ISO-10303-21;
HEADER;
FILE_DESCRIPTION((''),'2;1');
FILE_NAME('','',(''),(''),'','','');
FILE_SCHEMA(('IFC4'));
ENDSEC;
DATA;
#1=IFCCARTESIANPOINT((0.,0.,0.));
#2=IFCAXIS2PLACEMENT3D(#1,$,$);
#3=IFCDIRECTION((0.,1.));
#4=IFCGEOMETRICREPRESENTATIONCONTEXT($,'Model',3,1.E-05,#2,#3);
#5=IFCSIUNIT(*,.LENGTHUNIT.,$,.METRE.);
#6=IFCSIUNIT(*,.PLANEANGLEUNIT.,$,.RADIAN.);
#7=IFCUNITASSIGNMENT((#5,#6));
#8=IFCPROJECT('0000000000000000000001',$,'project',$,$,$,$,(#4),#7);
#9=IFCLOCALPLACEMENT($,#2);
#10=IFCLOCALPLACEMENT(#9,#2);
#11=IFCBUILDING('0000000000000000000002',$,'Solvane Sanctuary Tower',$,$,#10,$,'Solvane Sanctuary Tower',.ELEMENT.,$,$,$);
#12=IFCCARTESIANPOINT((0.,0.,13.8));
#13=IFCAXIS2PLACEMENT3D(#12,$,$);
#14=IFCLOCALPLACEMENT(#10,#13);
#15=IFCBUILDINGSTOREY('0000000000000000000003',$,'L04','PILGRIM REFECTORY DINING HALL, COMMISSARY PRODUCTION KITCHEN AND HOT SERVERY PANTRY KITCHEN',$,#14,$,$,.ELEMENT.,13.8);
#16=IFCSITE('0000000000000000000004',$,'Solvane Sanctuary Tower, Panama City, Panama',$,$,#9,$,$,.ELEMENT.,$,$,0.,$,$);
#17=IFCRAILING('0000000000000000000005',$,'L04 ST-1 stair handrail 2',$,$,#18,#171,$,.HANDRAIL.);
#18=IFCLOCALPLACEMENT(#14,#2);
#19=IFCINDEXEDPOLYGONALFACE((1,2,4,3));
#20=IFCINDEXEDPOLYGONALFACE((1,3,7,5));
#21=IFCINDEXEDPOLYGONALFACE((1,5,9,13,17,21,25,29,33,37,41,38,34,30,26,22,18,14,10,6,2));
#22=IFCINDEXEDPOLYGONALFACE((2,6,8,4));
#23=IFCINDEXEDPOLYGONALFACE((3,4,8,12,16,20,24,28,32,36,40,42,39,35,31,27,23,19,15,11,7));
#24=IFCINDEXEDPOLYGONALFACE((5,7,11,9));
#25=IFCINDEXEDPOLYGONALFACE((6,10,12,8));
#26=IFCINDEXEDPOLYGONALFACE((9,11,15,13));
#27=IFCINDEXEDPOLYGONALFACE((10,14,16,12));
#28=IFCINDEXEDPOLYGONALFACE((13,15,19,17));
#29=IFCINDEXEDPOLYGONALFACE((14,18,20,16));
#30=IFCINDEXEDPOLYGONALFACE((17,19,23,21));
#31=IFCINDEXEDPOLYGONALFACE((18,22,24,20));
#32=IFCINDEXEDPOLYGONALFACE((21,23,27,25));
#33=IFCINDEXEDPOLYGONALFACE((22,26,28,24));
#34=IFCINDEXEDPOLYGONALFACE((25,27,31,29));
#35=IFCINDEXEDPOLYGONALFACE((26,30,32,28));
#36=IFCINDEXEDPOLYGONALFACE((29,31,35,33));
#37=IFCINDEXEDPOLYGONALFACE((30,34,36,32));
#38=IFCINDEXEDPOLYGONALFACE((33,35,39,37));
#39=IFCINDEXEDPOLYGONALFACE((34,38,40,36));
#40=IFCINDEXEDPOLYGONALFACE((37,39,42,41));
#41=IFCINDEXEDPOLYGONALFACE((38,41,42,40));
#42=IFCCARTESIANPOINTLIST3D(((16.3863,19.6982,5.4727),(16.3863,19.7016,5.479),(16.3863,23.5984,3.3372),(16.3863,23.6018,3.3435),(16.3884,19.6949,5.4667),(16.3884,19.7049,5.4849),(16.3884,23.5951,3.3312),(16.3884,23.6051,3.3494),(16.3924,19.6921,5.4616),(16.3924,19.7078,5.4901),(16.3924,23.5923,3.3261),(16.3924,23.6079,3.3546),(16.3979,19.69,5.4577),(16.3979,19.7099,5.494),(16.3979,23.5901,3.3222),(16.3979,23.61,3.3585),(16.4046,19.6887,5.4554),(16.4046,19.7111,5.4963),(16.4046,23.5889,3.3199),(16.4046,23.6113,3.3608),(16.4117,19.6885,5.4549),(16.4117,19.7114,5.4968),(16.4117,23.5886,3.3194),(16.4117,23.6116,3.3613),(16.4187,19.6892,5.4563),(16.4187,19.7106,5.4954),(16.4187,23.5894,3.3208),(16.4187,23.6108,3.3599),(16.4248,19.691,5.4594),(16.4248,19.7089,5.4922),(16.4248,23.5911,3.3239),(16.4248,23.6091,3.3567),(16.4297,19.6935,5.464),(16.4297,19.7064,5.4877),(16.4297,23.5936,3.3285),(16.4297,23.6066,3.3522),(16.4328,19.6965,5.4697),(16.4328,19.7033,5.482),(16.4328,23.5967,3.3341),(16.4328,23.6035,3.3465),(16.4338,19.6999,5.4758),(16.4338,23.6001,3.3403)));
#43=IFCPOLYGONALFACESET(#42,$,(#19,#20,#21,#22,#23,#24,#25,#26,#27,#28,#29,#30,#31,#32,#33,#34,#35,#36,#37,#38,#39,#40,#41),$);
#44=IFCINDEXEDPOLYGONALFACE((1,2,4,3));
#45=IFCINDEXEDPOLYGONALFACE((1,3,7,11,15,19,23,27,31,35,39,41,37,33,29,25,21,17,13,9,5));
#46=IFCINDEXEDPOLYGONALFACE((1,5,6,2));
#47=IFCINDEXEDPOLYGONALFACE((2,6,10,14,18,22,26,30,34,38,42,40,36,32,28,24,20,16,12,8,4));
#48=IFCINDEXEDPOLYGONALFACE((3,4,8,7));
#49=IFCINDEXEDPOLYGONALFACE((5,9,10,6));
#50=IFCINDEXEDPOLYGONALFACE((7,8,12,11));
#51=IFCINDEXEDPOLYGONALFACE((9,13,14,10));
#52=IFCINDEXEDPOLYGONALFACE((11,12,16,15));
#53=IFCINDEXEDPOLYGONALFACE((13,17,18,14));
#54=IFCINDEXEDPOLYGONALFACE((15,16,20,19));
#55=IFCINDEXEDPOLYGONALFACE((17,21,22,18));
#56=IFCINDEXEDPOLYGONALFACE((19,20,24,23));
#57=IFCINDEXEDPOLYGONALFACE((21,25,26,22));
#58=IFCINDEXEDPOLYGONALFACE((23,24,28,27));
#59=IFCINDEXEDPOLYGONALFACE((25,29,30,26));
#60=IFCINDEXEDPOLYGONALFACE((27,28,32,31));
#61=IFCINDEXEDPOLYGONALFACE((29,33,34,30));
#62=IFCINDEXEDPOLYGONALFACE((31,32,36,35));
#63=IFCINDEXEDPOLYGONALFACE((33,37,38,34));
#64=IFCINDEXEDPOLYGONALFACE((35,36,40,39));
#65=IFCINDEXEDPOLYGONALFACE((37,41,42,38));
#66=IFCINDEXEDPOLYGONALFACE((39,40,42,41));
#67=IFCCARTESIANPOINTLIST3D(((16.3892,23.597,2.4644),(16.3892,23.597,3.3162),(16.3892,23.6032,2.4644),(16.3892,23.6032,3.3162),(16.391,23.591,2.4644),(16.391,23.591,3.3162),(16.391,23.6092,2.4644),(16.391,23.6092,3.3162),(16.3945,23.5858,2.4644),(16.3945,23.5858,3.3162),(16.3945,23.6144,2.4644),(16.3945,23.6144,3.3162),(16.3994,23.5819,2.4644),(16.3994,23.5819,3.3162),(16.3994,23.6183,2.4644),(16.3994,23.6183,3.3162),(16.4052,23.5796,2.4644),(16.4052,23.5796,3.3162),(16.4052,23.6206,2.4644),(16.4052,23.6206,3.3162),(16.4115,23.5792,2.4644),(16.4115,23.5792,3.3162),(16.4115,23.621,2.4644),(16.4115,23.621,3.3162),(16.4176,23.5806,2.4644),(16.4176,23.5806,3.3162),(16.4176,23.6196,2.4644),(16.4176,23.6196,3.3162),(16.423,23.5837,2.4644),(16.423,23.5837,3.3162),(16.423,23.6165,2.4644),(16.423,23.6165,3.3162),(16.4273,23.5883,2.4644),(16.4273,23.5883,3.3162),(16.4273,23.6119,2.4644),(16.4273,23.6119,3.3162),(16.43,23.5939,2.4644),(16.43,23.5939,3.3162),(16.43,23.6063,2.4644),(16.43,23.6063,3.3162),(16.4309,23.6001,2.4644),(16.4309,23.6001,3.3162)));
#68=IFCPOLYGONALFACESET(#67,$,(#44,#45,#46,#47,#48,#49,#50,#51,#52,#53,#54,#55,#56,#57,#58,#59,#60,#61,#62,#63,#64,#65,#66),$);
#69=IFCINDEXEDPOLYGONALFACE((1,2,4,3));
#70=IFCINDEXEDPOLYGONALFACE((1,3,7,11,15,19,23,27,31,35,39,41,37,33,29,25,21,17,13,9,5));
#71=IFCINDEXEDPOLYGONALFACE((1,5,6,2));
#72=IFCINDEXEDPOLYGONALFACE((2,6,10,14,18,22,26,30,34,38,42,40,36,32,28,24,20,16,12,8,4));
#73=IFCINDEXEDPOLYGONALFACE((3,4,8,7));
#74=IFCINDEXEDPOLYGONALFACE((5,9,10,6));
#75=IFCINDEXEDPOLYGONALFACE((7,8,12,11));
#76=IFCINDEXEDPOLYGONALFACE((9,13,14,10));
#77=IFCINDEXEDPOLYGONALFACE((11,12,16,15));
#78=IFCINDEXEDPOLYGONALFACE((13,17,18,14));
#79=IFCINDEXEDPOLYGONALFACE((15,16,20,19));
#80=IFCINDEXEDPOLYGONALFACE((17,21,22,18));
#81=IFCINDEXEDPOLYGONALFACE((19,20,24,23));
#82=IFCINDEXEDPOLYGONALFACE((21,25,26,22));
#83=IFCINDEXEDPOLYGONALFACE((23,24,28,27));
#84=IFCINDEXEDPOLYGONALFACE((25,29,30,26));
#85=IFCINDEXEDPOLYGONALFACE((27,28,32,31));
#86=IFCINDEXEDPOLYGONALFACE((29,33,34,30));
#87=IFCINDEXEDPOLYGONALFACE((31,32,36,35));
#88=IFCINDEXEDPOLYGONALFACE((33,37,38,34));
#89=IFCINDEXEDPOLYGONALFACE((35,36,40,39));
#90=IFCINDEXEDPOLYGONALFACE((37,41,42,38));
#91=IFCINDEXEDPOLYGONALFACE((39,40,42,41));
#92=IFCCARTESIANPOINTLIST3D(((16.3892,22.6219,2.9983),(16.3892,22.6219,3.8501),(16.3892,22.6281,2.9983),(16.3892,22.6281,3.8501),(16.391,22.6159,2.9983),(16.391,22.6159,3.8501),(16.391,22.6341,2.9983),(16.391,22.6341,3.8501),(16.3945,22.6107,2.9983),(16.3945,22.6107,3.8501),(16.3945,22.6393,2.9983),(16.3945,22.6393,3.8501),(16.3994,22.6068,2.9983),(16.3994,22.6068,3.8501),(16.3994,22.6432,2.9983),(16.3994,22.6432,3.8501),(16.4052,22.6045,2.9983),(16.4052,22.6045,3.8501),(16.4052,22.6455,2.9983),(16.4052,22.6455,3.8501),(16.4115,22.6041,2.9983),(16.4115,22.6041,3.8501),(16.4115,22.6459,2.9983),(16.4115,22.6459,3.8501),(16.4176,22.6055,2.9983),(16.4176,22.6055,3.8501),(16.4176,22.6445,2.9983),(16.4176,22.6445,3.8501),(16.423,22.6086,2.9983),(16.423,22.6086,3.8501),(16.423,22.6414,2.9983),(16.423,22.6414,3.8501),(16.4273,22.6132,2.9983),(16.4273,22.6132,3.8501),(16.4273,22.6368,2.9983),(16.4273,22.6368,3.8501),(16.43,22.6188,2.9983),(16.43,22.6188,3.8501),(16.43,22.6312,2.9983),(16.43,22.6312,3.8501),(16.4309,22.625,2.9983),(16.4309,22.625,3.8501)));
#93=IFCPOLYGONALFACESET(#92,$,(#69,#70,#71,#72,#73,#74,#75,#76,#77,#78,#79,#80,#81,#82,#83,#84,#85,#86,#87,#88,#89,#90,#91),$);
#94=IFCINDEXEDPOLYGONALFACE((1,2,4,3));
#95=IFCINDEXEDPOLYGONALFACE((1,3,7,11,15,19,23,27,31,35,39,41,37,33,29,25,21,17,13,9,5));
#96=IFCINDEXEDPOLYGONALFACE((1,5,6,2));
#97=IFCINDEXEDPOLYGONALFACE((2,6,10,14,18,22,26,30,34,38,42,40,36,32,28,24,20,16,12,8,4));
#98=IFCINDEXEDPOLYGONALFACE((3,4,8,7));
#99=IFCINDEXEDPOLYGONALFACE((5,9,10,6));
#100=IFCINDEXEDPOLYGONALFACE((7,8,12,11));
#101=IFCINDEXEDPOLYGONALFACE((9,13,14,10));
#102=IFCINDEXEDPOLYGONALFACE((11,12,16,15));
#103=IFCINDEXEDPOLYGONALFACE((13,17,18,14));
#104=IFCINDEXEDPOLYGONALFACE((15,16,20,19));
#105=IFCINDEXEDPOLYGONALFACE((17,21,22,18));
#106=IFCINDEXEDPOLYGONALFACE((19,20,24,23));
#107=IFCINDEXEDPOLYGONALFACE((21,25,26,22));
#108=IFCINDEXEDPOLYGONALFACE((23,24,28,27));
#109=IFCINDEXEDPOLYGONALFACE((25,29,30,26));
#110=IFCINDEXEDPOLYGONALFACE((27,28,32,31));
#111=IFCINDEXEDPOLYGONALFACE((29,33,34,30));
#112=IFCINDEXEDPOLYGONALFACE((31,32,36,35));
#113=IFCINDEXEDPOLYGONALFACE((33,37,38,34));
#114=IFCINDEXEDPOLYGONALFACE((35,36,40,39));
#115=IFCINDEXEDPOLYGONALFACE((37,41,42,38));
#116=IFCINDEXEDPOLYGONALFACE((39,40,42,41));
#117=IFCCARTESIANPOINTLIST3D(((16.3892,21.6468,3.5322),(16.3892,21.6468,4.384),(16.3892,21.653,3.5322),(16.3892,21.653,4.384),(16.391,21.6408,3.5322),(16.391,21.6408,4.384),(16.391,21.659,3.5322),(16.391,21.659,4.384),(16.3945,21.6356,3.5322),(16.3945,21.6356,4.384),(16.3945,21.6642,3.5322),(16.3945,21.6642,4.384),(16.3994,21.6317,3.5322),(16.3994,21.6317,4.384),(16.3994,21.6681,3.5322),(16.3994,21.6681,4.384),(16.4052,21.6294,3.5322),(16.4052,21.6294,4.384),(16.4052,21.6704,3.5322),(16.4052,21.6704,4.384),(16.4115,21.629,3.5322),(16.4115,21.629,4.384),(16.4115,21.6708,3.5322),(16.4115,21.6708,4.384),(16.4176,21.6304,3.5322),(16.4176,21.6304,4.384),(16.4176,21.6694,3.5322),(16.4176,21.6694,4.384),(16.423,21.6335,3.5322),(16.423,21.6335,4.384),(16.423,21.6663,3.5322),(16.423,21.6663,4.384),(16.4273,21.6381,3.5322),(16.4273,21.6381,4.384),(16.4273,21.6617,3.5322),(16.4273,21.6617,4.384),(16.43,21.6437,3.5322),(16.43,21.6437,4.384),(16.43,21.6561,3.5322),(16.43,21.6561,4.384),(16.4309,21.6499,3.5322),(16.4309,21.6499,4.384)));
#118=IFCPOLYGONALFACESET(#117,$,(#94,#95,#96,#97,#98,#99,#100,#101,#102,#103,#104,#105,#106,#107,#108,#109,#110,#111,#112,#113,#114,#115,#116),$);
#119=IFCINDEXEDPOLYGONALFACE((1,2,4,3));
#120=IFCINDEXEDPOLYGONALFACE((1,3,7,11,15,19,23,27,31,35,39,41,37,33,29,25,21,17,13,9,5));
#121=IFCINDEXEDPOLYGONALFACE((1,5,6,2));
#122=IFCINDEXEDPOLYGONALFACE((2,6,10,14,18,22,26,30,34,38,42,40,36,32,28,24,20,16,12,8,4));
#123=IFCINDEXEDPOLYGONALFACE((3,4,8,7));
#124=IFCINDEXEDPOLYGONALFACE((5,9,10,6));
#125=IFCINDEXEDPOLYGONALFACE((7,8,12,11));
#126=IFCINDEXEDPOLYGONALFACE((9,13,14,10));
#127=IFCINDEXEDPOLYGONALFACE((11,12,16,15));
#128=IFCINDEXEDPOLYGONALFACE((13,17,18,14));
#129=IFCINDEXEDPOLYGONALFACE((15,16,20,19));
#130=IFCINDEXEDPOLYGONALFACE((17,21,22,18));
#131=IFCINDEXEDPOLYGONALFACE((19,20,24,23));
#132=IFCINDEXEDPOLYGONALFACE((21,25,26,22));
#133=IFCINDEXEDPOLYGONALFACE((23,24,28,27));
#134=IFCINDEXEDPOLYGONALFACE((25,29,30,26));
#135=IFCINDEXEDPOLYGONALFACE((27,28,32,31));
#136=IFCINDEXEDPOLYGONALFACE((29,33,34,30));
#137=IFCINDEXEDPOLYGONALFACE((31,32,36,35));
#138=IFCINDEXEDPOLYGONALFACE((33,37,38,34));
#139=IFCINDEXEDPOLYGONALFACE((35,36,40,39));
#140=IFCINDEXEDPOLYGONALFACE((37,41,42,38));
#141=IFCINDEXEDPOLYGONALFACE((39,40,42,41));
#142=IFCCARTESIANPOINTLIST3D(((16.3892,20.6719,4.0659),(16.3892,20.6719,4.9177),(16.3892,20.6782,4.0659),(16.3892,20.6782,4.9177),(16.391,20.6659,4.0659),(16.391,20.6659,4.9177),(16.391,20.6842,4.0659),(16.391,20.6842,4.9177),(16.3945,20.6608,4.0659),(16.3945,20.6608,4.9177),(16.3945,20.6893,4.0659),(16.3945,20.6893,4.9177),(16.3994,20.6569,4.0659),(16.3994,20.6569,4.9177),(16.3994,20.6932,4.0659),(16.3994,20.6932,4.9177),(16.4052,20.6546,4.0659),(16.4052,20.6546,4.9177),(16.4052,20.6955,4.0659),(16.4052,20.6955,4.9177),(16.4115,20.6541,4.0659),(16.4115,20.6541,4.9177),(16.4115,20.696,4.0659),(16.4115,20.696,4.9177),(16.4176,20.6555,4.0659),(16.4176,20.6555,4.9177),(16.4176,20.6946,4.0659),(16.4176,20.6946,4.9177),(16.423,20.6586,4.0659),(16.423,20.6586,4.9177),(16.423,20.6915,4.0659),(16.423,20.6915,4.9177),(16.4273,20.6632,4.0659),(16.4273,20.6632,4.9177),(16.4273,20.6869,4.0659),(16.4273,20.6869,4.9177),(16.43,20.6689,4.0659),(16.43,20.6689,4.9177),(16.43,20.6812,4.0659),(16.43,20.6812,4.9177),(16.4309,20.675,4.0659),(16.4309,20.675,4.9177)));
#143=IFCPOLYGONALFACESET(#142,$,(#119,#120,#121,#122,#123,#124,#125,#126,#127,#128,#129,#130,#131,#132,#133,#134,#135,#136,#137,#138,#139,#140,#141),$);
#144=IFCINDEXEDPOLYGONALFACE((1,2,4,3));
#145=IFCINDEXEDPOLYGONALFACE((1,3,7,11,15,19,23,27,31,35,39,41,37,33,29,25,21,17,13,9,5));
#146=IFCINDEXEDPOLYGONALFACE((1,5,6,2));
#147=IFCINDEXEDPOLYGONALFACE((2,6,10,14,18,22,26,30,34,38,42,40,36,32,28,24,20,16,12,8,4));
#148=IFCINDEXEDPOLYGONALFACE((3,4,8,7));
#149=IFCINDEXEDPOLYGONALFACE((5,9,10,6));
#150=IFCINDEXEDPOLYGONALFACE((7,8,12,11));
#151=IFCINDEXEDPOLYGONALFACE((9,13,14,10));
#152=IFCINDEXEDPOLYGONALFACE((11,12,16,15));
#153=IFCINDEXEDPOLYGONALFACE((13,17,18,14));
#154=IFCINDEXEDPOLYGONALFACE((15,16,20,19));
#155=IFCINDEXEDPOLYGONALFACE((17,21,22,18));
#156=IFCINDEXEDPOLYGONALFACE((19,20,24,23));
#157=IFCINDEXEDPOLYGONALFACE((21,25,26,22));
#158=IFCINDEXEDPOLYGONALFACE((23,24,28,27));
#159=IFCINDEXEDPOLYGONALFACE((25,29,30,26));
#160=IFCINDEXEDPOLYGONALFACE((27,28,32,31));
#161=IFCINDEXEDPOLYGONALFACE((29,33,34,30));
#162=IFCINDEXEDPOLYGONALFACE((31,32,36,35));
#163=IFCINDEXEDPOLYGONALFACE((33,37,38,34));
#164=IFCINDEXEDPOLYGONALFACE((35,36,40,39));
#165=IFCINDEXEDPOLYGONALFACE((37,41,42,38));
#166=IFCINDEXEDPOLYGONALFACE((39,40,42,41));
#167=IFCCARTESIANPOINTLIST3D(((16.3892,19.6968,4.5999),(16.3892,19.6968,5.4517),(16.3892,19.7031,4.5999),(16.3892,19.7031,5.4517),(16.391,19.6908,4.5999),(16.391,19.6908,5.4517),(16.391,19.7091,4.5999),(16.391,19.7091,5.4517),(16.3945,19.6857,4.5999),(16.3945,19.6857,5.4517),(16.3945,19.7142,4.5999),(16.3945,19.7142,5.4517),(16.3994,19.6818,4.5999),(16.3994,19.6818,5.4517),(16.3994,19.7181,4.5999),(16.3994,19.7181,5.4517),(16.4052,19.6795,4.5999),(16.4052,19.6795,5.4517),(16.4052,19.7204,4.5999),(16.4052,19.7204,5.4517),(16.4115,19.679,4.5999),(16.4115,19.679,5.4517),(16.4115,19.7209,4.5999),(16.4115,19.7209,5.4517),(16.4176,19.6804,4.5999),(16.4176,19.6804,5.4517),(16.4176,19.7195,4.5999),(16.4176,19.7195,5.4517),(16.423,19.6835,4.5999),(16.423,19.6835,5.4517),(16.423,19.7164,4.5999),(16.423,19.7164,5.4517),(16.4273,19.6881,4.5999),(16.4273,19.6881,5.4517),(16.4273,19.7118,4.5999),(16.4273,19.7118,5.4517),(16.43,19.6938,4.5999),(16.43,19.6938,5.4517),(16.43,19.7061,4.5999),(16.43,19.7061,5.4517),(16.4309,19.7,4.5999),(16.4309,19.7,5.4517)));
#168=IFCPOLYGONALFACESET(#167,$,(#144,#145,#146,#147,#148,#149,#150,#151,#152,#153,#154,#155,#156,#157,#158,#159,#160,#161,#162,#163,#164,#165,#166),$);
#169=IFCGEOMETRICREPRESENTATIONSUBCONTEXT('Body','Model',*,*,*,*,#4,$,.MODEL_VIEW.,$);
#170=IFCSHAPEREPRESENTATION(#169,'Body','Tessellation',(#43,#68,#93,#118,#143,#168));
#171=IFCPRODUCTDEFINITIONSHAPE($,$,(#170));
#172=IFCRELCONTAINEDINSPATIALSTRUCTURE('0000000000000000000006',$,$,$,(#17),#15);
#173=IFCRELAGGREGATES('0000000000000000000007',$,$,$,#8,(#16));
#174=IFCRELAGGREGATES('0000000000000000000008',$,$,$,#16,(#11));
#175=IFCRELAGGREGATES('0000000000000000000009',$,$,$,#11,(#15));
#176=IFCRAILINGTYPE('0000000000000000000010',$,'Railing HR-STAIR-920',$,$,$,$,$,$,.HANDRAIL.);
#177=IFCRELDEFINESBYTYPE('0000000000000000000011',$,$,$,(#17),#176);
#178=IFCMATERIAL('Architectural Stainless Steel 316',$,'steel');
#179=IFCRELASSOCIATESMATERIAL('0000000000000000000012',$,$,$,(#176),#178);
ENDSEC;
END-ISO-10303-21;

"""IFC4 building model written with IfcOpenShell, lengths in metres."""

from ifc_helpers import new_model, si_unit, direction, frame, origin, origin_2d, place, context, subcontext, project, spatial, circle, extrude, material, type_object, element, save


model = new_model("IFC4")

# Units and contexts
model_context = context("Model", 3, precision=1e-05, world=origin(), true_north=direction((0.0, 1.0)))
body_context = subcontext(model_context, "Body", "Model", "MODEL_VIEW")
ifc_project = project(units=[si_unit("LENGTHUNIT", "METRE"), si_unit("PLANEANGLEUNIT", "RADIAN")], contexts=[model_context])

# Site, building, storey
site_placement = place(None, origin())
site = spatial("IfcSite", under=ifc_project, at=site_placement, Name="Solvane Sanctuary Tower, Panama City, Panama", CompositionType="ELEMENT", RefElevation=0.0)
building_placement = place(site_placement, origin())
building = spatial("IfcBuilding", under=site, at=building_placement, Name="Solvane Sanctuary Tower", LongName="Solvane Sanctuary Tower", CompositionType="ELEMENT")
storey_placement = place(building_placement, frame((0.0, 0.0, 13.8)))
storey = spatial("IfcBuildingStorey", under=building, at=storey_placement, Name="L04", Description="PILGRIM REFECTORY DINING HALL, COMMISSARY PRODUCTION KITCHEN AND HOT SERVERY PANTRY KITCHEN", CompositionType="ELEMENT", Elevation=13.8)

# Railing
ifc_material_1 = material(Name="Architectural Stainless Steel 316", Category="steel")
railing_type_1 = type_object("IfcRailingType", Name="Railing HR-STAIR-920", PredefinedType="HANDRAIL", material=ifc_material_1)
railing_1_placement = place(storey_placement, frame((16.4099, 23.6001, 2.4644)))
element("IfcRailing", 1, at=railing_1_placement, inside=storey, type_object=railing_type_1, Name="L04 ST-1 stair handrail 2", PredefinedType="HANDRAIL", context=body_context, shape_type="SweptSolid", body=[
    extrude(circle(Radius=0.0239, at=origin_2d()), frame((0.0, 0.0, 0.876), z_axis=(0.0, -0.877124, 0.480263), x_axis=(1.0, 0.0, 0.0)), (0.0, 0.0, 1.0), 4.4465),
    extrude(circle(Radius=0.021, at=origin_2d()), origin(), (0.0, 0.0, 1.0), 0.8518),
    extrude(circle(Radius=0.021, at=origin_2d()), frame((0.0, -0.9751, 0.5339)), (0.0, 0.0, 1.0), 0.8518),
    extrude(circle(Radius=0.021, at=origin_2d()), frame((0.0, -1.9502, 1.0679)), (0.0, 0.0, 1.0), 0.8518),
    extrude(circle(Radius=0.021, at=origin_2d()), frame((0.0, -2.925, 1.6016)), (0.0, 0.0, 1.0), 0.8518),
    extrude(circle(Radius=0.021, at=origin_2d()), frame((0.0, -3.9001, 2.1355)), (0.0, 0.0, 1.0), 0.8518),
])

save(model, "model.ifc")
